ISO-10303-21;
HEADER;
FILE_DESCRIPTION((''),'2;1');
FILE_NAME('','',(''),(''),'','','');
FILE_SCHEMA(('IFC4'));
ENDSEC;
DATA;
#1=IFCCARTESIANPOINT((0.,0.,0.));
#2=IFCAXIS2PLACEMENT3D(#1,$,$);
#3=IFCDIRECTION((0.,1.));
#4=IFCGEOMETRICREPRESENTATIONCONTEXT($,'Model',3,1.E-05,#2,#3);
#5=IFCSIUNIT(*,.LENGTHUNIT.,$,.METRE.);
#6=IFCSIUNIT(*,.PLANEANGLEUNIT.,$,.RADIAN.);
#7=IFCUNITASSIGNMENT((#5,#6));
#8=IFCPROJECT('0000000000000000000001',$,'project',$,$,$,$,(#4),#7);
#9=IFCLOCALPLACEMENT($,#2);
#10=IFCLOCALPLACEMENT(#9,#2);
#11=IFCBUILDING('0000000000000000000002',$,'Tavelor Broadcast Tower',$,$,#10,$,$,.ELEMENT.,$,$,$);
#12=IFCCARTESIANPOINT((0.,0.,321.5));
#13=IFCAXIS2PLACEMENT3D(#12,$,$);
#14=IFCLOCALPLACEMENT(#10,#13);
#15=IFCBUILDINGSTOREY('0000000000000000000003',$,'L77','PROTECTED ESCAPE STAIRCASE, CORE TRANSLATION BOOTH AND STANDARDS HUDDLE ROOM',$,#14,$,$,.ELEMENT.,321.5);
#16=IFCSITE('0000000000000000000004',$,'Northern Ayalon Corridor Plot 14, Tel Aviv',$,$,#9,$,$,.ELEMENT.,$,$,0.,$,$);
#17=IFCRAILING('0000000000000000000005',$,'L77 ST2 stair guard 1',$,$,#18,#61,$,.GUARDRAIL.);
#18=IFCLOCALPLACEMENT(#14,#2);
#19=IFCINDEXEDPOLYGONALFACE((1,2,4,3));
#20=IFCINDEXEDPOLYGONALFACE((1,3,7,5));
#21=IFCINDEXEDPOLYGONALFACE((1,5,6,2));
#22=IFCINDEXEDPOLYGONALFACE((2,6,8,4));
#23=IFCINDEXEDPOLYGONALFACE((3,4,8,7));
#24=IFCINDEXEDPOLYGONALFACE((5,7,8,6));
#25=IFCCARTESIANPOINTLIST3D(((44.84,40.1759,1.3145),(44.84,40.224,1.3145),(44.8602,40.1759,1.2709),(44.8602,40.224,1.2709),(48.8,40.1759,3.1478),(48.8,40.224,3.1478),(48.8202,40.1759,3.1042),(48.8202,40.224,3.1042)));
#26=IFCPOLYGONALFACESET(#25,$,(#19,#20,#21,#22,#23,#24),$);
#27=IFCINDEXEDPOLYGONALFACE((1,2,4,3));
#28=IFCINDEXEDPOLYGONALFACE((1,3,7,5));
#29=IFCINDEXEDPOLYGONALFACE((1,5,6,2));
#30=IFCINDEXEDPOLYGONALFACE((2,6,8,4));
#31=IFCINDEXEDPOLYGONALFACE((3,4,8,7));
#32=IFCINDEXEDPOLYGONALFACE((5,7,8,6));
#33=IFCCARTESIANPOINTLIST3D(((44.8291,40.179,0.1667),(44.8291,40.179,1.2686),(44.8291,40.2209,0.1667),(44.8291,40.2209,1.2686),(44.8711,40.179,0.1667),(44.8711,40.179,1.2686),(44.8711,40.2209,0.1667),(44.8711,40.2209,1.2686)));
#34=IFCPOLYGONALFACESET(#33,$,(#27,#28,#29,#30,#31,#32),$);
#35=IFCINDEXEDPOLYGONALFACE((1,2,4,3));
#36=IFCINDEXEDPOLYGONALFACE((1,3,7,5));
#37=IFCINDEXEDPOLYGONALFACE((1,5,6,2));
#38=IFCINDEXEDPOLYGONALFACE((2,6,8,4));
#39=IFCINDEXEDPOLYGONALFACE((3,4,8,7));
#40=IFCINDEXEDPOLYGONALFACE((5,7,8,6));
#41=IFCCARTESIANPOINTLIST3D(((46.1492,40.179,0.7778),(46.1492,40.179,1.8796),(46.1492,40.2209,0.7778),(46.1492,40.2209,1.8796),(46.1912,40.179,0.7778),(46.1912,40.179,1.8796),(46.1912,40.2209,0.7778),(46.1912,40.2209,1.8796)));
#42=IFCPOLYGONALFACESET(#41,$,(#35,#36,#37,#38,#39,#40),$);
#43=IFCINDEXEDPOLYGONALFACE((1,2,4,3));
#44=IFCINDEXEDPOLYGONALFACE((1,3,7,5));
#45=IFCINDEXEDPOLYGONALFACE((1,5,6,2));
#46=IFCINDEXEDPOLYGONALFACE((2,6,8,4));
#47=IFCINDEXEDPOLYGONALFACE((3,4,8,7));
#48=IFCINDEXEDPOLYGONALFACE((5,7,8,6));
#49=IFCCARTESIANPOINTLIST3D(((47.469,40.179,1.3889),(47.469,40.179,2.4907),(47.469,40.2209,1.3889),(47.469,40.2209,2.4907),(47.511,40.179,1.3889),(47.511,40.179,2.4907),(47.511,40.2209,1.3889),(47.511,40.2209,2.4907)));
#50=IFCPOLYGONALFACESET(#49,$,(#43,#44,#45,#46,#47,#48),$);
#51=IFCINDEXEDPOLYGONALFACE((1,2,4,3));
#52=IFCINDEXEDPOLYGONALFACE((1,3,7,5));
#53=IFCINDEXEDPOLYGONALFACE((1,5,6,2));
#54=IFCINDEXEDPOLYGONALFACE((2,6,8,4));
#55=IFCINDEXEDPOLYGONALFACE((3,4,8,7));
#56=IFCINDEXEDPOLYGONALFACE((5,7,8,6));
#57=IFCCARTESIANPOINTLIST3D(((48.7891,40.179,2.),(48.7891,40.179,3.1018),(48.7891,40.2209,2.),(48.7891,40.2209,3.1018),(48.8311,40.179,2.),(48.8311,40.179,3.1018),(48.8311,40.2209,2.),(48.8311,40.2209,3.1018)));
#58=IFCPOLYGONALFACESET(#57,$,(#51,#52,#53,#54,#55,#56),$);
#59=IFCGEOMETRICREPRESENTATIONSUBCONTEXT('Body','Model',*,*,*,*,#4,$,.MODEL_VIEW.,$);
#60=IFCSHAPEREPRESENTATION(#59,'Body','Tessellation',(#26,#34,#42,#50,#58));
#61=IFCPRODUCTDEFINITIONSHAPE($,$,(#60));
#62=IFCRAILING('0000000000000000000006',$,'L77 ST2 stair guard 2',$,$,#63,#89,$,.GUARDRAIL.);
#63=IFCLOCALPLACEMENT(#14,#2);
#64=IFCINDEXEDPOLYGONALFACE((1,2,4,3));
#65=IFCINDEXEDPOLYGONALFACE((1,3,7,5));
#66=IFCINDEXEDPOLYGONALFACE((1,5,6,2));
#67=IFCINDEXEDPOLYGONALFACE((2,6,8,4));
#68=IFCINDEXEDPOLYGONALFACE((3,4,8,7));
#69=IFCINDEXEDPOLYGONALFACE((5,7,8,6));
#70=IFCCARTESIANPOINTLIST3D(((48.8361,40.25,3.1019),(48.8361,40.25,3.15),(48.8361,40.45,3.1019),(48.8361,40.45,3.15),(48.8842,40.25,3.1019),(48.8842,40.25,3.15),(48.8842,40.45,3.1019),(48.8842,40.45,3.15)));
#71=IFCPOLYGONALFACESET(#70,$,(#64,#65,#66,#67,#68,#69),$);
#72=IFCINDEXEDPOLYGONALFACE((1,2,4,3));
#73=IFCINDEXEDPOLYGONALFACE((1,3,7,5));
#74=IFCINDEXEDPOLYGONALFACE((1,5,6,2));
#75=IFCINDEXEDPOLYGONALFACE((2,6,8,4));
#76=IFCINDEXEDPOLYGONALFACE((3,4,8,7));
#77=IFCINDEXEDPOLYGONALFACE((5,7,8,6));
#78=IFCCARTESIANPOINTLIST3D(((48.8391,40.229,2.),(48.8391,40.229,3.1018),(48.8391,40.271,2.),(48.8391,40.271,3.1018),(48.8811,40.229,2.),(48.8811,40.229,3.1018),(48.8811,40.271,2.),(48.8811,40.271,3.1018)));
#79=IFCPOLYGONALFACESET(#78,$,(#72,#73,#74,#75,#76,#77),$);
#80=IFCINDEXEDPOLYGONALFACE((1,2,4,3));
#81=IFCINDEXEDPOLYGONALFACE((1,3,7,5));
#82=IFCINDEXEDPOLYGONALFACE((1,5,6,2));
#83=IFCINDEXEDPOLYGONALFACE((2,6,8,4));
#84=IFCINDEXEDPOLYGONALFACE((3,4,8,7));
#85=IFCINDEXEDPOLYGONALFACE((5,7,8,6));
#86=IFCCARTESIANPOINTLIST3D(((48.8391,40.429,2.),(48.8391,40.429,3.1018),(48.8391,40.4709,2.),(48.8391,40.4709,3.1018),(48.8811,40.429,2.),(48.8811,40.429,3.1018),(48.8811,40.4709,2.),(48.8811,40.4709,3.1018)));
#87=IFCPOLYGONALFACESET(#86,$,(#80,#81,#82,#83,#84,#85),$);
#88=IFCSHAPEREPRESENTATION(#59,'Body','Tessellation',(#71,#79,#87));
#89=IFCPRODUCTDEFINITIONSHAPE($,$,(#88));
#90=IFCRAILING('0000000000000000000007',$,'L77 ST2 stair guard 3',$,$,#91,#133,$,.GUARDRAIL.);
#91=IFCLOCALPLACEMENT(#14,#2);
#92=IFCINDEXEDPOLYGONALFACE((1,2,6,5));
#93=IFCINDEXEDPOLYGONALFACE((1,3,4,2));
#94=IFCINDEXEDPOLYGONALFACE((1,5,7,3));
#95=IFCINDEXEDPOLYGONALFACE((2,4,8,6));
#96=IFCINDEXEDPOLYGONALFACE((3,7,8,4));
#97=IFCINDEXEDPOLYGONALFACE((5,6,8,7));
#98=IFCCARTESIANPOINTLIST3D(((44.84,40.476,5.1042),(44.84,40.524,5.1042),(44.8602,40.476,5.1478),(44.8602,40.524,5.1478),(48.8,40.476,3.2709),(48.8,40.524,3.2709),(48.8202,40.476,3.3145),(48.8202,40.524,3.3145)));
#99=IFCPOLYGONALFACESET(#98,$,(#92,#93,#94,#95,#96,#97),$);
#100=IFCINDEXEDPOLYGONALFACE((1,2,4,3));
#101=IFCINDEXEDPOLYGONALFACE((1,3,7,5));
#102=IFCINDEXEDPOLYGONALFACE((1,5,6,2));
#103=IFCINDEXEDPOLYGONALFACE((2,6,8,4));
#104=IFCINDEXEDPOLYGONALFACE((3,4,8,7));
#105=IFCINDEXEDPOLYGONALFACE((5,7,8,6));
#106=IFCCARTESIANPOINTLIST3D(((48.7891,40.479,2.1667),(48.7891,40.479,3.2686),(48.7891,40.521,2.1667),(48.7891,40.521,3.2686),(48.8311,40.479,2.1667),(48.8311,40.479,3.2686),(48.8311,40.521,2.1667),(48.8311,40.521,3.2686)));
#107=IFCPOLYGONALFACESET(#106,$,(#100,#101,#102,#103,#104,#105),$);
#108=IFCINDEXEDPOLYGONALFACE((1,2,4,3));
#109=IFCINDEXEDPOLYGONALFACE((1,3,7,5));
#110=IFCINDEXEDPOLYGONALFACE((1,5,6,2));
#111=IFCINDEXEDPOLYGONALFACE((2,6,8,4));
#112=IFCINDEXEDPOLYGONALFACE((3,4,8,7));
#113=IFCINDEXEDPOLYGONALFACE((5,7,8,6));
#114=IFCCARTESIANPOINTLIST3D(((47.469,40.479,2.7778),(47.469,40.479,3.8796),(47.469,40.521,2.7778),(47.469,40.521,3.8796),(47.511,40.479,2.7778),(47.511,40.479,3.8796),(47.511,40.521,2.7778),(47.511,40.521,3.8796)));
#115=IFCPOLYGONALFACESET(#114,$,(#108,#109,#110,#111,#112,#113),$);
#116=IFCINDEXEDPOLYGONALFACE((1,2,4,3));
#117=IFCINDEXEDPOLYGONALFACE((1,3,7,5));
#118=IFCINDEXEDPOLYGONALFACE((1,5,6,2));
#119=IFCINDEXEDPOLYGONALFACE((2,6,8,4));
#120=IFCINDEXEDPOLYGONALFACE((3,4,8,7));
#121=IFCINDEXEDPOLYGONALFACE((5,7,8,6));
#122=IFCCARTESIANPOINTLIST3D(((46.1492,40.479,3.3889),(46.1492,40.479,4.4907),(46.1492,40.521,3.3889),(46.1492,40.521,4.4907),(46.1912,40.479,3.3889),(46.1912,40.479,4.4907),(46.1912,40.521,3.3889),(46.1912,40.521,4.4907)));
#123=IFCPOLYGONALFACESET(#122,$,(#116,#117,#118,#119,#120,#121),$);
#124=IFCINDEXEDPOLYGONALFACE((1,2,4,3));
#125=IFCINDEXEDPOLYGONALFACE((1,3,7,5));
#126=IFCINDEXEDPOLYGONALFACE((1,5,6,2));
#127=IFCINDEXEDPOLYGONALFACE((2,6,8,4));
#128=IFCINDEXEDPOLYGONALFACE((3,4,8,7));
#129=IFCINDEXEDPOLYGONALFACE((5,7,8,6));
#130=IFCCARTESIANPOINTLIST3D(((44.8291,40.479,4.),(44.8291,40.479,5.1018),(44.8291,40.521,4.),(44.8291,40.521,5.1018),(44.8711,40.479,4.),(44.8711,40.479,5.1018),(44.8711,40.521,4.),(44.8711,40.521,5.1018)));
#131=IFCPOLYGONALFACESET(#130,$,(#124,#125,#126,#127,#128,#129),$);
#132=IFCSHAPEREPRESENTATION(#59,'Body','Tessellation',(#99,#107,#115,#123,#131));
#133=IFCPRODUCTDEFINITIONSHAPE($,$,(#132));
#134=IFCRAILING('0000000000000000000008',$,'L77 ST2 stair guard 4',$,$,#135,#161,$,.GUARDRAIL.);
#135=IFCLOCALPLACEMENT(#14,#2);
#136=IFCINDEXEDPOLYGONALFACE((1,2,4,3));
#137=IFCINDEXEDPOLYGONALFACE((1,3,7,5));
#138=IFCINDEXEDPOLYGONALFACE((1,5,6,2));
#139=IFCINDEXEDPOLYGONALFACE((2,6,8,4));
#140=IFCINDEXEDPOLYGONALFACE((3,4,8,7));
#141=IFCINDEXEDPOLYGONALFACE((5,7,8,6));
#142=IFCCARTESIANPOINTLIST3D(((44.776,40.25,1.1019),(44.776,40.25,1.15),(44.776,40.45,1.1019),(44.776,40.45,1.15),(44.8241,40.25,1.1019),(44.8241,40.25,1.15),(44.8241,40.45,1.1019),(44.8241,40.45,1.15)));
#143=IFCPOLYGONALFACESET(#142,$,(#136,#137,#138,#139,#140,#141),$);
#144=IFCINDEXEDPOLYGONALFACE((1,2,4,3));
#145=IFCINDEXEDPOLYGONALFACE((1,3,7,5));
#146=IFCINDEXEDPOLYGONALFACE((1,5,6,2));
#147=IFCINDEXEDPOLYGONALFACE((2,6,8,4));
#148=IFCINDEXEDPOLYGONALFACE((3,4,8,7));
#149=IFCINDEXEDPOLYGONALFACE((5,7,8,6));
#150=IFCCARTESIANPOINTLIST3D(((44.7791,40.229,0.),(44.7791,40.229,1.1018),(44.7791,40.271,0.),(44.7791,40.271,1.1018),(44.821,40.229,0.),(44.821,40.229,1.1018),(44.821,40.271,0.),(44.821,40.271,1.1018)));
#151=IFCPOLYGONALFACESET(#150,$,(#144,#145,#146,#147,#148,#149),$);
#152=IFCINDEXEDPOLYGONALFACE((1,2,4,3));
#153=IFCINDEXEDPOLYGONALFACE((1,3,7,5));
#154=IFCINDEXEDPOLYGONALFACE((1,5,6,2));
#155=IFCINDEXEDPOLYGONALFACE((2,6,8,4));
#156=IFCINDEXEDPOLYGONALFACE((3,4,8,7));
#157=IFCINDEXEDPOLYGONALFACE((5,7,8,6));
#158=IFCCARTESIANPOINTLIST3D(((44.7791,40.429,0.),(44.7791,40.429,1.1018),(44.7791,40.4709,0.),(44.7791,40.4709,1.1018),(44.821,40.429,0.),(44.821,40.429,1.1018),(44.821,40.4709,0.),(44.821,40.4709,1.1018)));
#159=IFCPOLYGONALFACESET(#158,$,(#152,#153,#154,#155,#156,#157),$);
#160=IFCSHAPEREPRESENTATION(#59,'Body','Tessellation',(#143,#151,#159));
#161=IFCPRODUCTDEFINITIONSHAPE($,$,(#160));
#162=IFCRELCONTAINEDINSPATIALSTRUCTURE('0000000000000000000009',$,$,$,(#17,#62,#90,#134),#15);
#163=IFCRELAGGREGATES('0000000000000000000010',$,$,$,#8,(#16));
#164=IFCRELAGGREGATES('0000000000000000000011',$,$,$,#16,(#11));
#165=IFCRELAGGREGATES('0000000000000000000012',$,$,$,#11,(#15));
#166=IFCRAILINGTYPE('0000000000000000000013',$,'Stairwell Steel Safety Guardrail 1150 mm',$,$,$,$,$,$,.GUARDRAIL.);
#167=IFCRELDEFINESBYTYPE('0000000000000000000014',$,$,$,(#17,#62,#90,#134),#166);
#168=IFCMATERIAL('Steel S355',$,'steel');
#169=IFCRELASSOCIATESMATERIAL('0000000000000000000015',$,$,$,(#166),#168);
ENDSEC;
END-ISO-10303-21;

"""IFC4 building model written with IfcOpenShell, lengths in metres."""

from ifc_helpers import new_model, si_unit, direction, frame, origin, origin_2d, place, context, subcontext, project, spatial, rectangle, extrude, material, type_object, element, save


model = new_model("IFC4")

# Units and contexts
model_context = context("Model", 3, precision=1e-05, world=origin(), true_north=direction((0.0, 1.0)))
body_context = subcontext(model_context, "Body", "Model", "MODEL_VIEW")
ifc_project = project(units=[si_unit("LENGTHUNIT", "METRE"), si_unit("PLANEANGLEUNIT", "RADIAN")], contexts=[model_context])

# Site, building, storey
site_placement = place(None, origin())
site = spatial("IfcSite", under=ifc_project, at=site_placement, Name="Northern Ayalon Corridor Plot 14, Tel Aviv", CompositionType="ELEMENT", RefElevation=0.0)
building_placement = place(site_placement, origin())
building = spatial("IfcBuilding", under=site, at=building_placement, Name="Tavelor Broadcast Tower", CompositionType="ELEMENT")
storey_placement = place(building_placement, frame((0.0, 0.0, 321.5)))
storey = spatial("IfcBuildingStorey", under=building, at=storey_placement, Name="L77", Description="PROTECTED ESCAPE STAIRCASE, CORE TRANSLATION BOOTH AND STANDARDS HUDDLE ROOM", CompositionType="ELEMENT", Elevation=321.5)

# Shared definitions
ifc_material_1 = material(Name="Steel S355", Category="steel")

# Railings
railing_type_1 = type_object("IfcRailingType", Name="Stairwell Steel Safety Guardrail 1150 mm", PredefinedType="GUARDRAIL", material=ifc_material_1)
railing_1_placement = place(storey_placement, frame((44.8501, 40.2, 0.1667)))
element("IfcRailing", 1, at=railing_1_placement, inside=storey, type_object=railing_type_1, Name="L77 ST2 stair guard 1", PredefinedType="GUARDRAIL", context=body_context, shape_type="SweptSolid", body=[
    extrude(rectangle(XDim=0.0481, YDim=0.0481, at=origin_2d()), frame((0.0, 0.0, 1.126), z_axis=(0.907472, 0.0, 0.420112), x_axis=(0.0, 1.0, 0.0)), (0.0, 0.0, 1.0), 4.3638),
    extrude(rectangle(XDim=0.042, YDim=0.042, at=origin_2d()), origin(), (0.0, 0.0, 1.0), 1.1018),
    extrude(rectangle(XDim=0.042, YDim=0.042, at=origin_2d()), frame((1.3201, 0.0, 0.6111)), (0.0, 0.0, 1.0), 1.1018),
    extrude(rectangle(XDim=0.042, YDim=0.042, at=origin_2d()), frame((2.6399, 0.0, 1.2222)), (0.0, 0.0, 1.0), 1.1018),
    extrude(rectangle(XDim=0.042, YDim=0.042, at=origin_2d()), frame((3.96, 0.0, 1.8333)), (0.0, 0.0, 1.0), 1.1018),
])
railing_2_placement = place(storey_placement, frame((48.8601, 40.25, 2.0)))
element("IfcRailing", 2, at=railing_2_placement, inside=storey, type_object=railing_type_1, Name="L77 ST2 stair guard 2", PredefinedType="GUARDRAIL", context=body_context, shape_type="SweptSolid", body=[
    extrude(rectangle(XDim=0.0481, YDim=0.0481, at=origin_2d()), frame((0.0, 0.0, 1.126), z_axis=(0.0, 1.0, 0.0), x_axis=(-1.0, 0.0, 0.0)), (0.0, 0.0, 1.0), 0.2),
    extrude(rectangle(XDim=0.042, YDim=0.042, at=origin_2d()), origin(), (0.0, 0.0, 1.0), 1.1018),
    extrude(rectangle(XDim=0.042, YDim=0.042, at=origin_2d()), frame((0.0, 0.2, 0.0)), (0.0, 0.0, 1.0), 1.1018),
])
railing_3_placement = place(storey_placement, frame((48.8101, 40.5, 2.1667)))
element("IfcRailing", 3, at=railing_3_placement, inside=storey, type_object=railing_type_1, Name="L77 ST2 stair guard 3", PredefinedType="GUARDRAIL", context=body_context, shape_type="SweptSolid", body=[
    extrude(rectangle(XDim=0.0481, YDim=0.0481, at=origin_2d()), frame((0.0, 0.0, 1.126), z_axis=(-0.907472, 0.0, 0.420112), x_axis=(0.0, -1.0, 0.0)), (0.0, 0.0, 1.0), 4.3638),
    extrude(rectangle(XDim=0.042, YDim=0.042, at=origin_2d()), origin(), (0.0, 0.0, 1.0), 1.1018),
    extrude(rectangle(XDim=0.042, YDim=0.042, at=origin_2d()), frame((-1.3201, 0.0, 0.6111)), (0.0, 0.0, 1.0), 1.1018),
    extrude(rectangle(XDim=0.042, YDim=0.042, at=origin_2d()), frame((-2.6399, 0.0, 1.2222)), (0.0, 0.0, 1.0), 1.1018),
    extrude(rectangle(XDim=0.042, YDim=0.042, at=origin_2d()), frame((-3.96, 0.0, 1.8333)), (0.0, 0.0, 1.0), 1.1018),
])
railing_4_placement = place(storey_placement, frame((44.8, 40.25, 0.0)))
element("IfcRailing", 4, at=railing_4_placement, inside=storey, type_object=railing_type_1, Name="L77 ST2 stair guard 4", PredefinedType="GUARDRAIL", context=body_context, shape_type="SweptSolid", body=[
    extrude(rectangle(XDim=0.0481, YDim=0.0481, at=origin_2d()), frame((0.0, 0.0, 1.126), z_axis=(0.0, 1.0, 0.0), x_axis=(-1.0, 0.0, 0.0)), (0.0, 0.0, 1.0), 0.2),
    extrude(rectangle(XDim=0.042, YDim=0.042, at=origin_2d()), origin(), (0.0, 0.0, 1.0), 1.1018),
    extrude(rectangle(XDim=0.042, YDim=0.042, at=origin_2d()), frame((0.0, 0.2, 0.0)), (0.0, 0.0, 1.0), 1.1018),
])

save(model, "model.ifc")
